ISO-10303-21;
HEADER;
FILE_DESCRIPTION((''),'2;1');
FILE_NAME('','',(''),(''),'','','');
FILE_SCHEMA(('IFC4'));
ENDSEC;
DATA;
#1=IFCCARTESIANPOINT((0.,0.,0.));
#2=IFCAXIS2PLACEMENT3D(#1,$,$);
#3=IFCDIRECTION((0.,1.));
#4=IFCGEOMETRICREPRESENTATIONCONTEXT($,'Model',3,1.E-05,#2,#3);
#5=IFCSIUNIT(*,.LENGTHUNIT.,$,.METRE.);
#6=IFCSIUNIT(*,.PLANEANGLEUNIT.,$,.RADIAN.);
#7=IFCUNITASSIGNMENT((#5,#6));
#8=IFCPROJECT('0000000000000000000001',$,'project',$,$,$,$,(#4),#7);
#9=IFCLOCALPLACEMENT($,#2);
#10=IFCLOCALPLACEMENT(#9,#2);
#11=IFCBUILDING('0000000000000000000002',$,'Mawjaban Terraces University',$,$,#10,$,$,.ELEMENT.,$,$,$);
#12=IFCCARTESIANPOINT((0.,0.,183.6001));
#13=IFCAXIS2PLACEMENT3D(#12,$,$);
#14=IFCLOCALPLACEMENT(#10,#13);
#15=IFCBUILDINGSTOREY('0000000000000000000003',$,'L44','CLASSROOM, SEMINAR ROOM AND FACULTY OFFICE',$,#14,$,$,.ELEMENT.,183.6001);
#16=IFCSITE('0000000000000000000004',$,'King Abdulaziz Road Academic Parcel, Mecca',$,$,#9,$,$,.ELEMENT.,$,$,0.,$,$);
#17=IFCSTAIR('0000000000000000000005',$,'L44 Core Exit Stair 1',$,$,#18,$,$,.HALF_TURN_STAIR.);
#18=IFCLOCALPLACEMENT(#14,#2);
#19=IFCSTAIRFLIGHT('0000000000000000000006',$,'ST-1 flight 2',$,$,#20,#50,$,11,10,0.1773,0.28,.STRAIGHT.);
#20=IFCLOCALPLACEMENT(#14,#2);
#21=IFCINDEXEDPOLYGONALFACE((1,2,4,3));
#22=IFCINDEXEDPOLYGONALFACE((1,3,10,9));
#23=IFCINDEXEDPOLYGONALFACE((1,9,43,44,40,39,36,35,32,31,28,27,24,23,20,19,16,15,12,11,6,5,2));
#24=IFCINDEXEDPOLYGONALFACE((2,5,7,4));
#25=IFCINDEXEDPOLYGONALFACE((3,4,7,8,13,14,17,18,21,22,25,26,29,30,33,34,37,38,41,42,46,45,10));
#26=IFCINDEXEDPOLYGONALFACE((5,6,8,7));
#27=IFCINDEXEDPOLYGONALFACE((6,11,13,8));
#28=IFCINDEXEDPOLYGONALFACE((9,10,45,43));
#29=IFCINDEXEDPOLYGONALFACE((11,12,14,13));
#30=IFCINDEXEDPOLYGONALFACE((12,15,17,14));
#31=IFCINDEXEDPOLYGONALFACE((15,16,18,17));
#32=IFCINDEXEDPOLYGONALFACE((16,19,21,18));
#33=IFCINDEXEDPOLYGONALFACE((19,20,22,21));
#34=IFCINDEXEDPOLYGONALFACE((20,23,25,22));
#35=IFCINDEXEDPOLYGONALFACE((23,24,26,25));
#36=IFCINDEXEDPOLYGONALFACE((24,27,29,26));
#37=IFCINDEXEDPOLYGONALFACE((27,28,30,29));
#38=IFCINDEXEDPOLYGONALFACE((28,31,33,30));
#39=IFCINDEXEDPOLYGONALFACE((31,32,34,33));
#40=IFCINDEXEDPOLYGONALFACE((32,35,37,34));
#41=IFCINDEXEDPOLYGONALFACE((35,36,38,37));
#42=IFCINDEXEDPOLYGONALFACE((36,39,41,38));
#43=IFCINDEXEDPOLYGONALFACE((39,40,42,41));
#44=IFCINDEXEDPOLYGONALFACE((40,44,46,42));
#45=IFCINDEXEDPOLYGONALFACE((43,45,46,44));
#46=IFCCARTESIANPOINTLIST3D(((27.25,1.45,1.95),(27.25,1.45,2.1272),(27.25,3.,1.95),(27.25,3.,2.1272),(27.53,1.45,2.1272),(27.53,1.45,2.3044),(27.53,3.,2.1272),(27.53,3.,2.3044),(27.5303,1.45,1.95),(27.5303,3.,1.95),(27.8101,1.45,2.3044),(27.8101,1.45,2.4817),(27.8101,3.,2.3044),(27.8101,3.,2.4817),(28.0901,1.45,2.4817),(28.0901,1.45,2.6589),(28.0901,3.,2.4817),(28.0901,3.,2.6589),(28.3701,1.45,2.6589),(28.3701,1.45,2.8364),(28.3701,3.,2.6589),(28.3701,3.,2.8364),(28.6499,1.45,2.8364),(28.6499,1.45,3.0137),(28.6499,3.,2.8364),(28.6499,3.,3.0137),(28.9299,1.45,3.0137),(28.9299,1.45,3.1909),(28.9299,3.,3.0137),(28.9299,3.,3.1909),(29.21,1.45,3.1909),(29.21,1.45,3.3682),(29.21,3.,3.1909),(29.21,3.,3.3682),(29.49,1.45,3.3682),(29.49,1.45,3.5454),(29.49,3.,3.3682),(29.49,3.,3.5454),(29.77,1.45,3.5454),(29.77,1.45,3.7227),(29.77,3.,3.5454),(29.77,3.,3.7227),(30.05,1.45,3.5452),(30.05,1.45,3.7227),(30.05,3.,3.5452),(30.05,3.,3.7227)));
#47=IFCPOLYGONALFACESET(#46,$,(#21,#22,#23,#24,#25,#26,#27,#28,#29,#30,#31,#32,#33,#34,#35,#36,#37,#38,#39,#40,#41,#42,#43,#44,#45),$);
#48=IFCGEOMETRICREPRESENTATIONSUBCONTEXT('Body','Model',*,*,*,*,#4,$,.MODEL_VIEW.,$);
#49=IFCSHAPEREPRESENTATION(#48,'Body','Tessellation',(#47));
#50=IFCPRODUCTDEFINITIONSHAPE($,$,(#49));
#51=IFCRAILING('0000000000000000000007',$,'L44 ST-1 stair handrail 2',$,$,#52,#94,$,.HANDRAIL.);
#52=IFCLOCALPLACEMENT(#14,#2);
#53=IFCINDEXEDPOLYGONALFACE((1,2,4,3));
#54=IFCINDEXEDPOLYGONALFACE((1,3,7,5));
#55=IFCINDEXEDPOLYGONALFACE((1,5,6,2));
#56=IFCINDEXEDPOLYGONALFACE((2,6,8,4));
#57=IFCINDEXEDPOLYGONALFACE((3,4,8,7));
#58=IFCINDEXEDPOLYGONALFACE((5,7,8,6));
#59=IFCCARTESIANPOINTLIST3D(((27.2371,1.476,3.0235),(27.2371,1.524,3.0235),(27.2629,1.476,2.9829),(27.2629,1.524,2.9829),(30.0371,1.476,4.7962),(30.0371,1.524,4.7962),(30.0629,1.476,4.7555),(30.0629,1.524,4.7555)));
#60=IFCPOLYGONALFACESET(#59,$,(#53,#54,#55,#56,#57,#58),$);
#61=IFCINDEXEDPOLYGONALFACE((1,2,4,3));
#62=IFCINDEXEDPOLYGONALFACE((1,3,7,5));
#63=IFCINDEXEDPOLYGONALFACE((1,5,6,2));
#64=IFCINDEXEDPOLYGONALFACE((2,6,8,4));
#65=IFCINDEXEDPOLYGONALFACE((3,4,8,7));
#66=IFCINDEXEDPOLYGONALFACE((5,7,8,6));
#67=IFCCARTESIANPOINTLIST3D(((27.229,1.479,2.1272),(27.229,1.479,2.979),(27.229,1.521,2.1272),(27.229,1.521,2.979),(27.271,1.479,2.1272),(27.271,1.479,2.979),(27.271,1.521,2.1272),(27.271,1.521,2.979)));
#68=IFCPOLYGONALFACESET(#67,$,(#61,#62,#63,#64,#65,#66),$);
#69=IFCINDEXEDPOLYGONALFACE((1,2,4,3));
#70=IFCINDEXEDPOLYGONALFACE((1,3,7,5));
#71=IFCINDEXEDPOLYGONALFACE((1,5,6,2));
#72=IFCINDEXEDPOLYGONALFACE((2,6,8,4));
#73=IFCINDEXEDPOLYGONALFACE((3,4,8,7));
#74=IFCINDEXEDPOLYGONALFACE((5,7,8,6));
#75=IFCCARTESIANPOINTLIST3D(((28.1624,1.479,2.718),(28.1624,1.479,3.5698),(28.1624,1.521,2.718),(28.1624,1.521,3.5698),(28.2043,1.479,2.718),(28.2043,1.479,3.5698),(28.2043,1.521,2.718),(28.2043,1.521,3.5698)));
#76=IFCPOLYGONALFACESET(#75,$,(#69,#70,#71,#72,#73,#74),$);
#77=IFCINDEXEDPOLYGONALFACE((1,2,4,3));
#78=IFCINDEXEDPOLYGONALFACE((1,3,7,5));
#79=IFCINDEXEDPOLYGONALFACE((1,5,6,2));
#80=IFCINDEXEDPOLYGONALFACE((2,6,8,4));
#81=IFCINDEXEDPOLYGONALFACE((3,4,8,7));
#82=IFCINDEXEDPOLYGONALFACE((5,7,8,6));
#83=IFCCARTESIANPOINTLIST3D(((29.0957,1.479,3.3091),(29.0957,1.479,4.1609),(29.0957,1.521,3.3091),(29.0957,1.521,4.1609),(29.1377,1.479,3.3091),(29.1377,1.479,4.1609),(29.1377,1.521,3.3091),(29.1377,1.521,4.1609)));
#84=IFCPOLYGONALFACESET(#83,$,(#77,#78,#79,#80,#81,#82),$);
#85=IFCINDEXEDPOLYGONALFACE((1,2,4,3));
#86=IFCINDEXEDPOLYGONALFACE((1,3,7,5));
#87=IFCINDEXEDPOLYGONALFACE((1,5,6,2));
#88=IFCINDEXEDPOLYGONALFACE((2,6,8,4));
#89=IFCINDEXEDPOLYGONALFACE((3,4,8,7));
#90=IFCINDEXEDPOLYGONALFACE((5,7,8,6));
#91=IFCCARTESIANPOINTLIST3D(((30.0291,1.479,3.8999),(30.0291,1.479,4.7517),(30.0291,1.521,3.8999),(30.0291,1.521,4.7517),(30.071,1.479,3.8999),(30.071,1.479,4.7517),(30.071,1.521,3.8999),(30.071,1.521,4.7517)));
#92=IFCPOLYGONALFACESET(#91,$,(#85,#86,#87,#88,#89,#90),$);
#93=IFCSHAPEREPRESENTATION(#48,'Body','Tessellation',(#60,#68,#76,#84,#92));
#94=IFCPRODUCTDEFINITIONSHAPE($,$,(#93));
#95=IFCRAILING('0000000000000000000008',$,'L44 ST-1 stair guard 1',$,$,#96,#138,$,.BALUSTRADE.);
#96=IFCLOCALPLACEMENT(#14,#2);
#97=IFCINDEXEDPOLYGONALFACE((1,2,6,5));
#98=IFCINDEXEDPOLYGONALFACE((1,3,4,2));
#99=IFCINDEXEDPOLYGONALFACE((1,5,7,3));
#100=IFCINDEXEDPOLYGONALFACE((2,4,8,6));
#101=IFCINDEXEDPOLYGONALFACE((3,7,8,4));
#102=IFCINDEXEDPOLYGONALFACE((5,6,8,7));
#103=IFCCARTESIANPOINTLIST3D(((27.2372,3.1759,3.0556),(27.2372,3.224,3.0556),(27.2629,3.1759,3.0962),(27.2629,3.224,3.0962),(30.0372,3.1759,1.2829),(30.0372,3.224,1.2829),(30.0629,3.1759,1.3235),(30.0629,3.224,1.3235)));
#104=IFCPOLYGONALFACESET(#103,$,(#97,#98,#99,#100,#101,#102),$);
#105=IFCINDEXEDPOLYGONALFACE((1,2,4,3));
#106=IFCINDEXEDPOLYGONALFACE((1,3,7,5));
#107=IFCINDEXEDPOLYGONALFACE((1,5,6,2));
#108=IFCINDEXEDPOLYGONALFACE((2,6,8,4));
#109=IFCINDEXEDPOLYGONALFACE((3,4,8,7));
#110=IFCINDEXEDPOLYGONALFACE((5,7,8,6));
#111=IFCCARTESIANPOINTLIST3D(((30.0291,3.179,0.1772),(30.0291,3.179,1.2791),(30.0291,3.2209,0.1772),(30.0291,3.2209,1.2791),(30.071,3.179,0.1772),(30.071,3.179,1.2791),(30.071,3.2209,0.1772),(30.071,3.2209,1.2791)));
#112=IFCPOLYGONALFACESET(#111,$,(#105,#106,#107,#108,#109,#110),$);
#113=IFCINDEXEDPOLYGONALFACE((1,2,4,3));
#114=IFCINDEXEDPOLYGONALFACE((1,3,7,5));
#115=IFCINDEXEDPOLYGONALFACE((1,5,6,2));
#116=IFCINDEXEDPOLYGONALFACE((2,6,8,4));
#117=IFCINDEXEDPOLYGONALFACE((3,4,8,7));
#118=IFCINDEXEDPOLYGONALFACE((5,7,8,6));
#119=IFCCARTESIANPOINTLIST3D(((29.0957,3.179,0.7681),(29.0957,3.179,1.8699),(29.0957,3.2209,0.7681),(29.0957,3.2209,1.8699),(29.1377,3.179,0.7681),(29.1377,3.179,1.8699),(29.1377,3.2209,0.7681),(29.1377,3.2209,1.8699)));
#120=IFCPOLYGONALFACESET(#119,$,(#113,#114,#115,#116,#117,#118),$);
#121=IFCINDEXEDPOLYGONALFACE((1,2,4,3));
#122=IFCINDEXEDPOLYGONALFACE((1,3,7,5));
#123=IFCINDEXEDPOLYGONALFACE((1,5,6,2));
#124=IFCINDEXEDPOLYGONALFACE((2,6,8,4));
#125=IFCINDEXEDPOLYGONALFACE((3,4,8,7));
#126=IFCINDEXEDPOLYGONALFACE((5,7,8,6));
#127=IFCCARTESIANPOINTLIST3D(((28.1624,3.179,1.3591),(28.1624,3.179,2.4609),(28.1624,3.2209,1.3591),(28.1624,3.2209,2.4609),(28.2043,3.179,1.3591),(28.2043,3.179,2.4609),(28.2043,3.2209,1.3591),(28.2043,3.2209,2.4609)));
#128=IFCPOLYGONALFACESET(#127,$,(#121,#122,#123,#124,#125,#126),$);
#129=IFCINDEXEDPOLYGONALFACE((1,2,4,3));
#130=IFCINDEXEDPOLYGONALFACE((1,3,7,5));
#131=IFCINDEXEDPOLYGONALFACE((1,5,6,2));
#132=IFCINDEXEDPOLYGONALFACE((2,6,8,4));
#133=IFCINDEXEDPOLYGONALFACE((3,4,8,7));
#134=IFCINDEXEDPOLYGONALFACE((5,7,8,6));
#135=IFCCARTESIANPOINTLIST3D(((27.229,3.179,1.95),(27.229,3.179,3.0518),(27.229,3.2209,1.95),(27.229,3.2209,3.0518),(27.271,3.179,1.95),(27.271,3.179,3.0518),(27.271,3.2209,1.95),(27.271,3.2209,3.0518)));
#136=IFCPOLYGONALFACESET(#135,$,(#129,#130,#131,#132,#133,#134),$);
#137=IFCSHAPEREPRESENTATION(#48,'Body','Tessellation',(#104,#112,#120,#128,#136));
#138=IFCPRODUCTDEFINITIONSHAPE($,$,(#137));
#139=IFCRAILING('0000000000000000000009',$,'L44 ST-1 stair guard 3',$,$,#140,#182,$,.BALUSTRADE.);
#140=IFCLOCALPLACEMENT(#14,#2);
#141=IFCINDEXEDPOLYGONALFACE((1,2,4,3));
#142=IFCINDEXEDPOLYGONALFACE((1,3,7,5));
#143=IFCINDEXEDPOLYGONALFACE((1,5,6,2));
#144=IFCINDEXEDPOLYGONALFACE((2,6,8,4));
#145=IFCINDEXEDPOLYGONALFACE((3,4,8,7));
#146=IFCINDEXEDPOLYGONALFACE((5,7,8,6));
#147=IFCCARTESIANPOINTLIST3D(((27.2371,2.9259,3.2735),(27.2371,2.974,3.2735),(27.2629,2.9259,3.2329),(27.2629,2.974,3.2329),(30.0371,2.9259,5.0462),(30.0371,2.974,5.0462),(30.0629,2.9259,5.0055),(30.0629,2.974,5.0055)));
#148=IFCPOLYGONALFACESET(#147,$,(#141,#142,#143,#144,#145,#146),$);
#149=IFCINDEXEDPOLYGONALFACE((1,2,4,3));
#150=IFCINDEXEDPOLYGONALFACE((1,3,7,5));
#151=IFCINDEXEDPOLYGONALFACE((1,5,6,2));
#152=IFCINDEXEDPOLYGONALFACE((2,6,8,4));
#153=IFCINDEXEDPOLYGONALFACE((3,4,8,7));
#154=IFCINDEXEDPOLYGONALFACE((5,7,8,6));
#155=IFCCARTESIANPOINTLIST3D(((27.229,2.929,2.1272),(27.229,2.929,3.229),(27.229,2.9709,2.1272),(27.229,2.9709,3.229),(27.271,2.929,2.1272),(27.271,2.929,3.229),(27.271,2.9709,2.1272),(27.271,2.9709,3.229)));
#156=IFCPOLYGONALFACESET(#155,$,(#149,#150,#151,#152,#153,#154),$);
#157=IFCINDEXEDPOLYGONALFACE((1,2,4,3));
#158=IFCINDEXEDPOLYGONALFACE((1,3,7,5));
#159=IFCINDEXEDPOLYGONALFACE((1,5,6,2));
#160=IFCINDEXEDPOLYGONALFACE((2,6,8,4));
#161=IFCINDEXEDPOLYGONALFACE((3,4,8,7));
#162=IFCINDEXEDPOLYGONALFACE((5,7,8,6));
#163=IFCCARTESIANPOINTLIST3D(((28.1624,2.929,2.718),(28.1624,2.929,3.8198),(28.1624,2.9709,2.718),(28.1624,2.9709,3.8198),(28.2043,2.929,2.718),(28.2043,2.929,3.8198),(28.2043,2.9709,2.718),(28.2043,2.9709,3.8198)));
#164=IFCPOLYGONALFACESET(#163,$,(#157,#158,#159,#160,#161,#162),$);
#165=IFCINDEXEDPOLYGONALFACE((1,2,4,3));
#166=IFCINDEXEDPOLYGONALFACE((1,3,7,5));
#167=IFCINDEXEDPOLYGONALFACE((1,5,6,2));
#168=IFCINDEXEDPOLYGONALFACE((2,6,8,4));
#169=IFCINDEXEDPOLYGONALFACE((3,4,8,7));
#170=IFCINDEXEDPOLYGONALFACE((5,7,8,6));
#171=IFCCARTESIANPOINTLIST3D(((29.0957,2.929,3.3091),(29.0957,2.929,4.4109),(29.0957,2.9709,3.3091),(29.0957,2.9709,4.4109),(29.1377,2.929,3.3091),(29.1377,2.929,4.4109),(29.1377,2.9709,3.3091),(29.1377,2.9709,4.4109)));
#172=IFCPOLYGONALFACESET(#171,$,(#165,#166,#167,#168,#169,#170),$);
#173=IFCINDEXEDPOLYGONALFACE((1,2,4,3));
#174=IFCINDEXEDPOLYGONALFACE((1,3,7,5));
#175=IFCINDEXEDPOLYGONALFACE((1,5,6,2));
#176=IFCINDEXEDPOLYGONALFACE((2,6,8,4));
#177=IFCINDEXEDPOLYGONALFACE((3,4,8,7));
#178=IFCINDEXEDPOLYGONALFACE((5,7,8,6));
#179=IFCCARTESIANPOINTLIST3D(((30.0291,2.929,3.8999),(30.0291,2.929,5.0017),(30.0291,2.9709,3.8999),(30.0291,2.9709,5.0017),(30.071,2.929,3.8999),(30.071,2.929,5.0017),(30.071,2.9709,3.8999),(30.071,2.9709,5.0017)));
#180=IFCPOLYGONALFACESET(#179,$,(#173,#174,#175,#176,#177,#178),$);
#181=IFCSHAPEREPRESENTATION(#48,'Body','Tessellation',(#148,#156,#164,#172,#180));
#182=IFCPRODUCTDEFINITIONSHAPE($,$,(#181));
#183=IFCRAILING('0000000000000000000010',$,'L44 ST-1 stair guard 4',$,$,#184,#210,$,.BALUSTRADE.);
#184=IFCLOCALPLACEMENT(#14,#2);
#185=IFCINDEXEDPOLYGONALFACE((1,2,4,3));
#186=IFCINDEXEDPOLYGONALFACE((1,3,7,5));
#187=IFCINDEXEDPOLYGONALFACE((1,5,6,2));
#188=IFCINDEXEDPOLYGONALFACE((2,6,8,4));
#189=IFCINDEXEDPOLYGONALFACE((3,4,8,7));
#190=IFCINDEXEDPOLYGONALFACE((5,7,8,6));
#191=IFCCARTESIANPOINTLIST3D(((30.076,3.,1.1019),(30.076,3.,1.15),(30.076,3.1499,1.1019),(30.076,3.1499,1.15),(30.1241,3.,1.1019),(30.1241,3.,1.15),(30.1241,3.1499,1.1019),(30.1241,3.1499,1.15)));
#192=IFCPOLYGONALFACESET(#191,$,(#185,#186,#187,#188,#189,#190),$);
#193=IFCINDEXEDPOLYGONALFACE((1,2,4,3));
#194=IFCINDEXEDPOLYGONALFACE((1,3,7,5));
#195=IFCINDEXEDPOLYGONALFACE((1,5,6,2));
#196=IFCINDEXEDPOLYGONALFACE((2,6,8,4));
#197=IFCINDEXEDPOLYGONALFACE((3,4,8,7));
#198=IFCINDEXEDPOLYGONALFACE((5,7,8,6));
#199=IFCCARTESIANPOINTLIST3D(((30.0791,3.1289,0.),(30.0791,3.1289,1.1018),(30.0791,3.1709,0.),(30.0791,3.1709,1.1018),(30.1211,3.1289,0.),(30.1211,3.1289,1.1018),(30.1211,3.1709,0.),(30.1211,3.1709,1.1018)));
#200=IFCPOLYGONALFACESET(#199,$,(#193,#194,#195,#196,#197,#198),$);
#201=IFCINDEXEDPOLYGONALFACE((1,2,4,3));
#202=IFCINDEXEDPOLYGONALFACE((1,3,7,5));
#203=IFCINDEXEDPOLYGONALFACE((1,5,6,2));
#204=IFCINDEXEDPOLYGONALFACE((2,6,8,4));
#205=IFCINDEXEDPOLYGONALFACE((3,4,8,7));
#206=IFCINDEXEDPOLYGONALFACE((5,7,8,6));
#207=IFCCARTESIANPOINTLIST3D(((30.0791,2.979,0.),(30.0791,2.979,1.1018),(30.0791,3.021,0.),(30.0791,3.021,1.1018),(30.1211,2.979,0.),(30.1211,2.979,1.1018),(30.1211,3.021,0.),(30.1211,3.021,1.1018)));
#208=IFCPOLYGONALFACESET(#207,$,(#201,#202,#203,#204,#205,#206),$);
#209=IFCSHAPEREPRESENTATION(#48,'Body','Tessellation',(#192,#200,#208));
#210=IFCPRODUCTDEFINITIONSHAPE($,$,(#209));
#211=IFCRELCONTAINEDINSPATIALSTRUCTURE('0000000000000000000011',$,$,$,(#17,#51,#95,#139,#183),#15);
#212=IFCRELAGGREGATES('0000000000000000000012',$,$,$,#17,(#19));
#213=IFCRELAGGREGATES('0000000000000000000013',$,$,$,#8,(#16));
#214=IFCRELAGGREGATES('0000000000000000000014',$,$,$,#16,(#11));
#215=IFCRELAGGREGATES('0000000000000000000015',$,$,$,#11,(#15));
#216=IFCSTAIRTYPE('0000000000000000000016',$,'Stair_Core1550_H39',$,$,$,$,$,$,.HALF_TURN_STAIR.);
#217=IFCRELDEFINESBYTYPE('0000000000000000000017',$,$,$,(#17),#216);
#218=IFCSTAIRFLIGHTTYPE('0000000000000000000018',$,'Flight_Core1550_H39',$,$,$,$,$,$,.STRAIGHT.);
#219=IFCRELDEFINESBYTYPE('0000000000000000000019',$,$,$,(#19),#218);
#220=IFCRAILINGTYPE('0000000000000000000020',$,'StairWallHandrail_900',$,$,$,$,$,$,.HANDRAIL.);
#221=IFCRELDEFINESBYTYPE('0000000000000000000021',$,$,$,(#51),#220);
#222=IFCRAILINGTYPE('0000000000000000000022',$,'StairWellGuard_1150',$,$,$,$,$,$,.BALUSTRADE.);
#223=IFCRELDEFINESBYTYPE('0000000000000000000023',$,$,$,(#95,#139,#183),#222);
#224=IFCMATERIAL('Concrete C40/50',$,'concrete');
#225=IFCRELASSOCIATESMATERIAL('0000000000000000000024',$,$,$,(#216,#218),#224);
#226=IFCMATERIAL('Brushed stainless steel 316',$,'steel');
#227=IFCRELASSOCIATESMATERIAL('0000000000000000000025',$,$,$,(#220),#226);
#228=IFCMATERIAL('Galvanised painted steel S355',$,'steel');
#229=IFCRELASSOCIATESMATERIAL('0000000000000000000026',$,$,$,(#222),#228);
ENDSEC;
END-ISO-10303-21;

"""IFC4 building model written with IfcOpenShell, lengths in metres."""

from ifc_helpers import new_model, si_unit, direction, frame, origin, origin_2d, place, context, subcontext, project, spatial, polyline, rectangle, outline, extrude, material, type_object, element, aggregate, save


model = new_model("IFC4")

# Units and contexts
model_context = context("Model", 3, precision=1e-05, world=origin(), true_north=direction((0.0, 1.0)))
body_context = subcontext(model_context, "Body", "Model", "MODEL_VIEW")
ifc_project = project(units=[si_unit("LENGTHUNIT", "METRE"), si_unit("PLANEANGLEUNIT", "RADIAN")], contexts=[model_context])

# Site, building, storey
site_placement = place(None, origin())
site = spatial("IfcSite", under=ifc_project, at=site_placement, Name="King Abdulaziz Road Academic Parcel, Mecca", CompositionType="ELEMENT", RefElevation=0.0)
building_placement = place(site_placement, origin())
building = spatial("IfcBuilding", under=site, at=building_placement, Name="Mawjaban Terraces University", CompositionType="ELEMENT")
storey_placement = place(building_placement, frame((0.0, 0.0, 183.6001)))
storey = spatial("IfcBuildingStorey", under=building, at=storey_placement, Name="L44", Description="CLASSROOM, SEMINAR ROOM AND FACULTY OFFICE", CompositionType="ELEMENT", Elevation=183.6001)

# Shared definitions
ifc_material_1 = material(Name="Concrete C40/50", Category="concrete")

# Stair, stair flight
stair_type = type_object("IfcStairType", Name="Stair_Core1550_H39", PredefinedType="HALF_TURN_STAIR", material=ifc_material_1)
stair_placement = place(storey_placement, origin())
stair = element("IfcStair", 1, at=stair_placement, inside=storey, type_object=stair_type, Name="L44 Core Exit Stair 1", PredefinedType="HALF_TURN_STAIR")
stair_flight_type = type_object("IfcStairFlightType", Name="Flight_Core1550_H39", PredefinedType="STRAIGHT", material=ifc_material_1)
stair_flight_1_placement = place(storey_placement, frame((27.25, 2.2251, 1.95), z_axis=(0.0, 0.0, 1.0), x_axis=(1.0, 0.0, 0.0)))
stair_flight_1 = element("IfcStairFlight", 2, at=stair_flight_1_placement, type_object=stair_flight_type, Name="ST-1 flight 2", NumberOfRisers=11, NumberOfTreads=10, PredefinedType="STRAIGHT", RiserHeight=0.1773, TreadLength=0.28, context=body_context, shape_type="SweptSolid", body=[
    extrude(outline(polyline([(0.0, 0.0), (0.0, 0.1772), (0.28, 0.1772), (0.28, 0.3545), (0.5601, 0.3545), (0.5601, 0.5317), (0.8401, 0.5317), (0.8401, 0.709), (1.1201, 0.709), (1.1201, 0.8865), (1.3999, 0.8865), (1.3999, 1.0637), (1.6799, 1.0637), (1.6799, 1.241), (1.96, 1.241), (1.96, 1.4182), (2.24, 1.4182), (2.24, 1.5955), (2.52, 1.5955), (2.52, 1.7727), (2.8, 1.7727), (2.8, 1.95), (2.8, 1.5952), (0.2803, 0.0), (0.0, 0.0)])), frame((0.0, 0.7749, 0.0), z_axis=(0.0, -1.0, 0.0), x_axis=(1.0, 0.0, 0.0)), (0.0, 0.0, 1.0), 1.55),
])
aggregate(stair, [stair_flight_1])

# Railings
ifc_material_2 = material(Name="Brushed stainless steel 316", Category="steel")
railing_type_1 = type_object("IfcRailingType", Name="StairWallHandrail_900", PredefinedType="HANDRAIL", material=ifc_material_2)
railing_1_placement = place(storey_placement, frame((27.25, 1.5, 2.1272)))
element("IfcRailing", 3, at=railing_1_placement, inside=storey, type_object=railing_type_1, Name="L44 ST-1 stair handrail 2", PredefinedType="HANDRAIL", context=body_context, shape_type="SweptSolid", body=[
    extrude(rectangle(XDim=0.0481, YDim=0.0481, at=origin_2d()), frame((0.0, 0.0, 0.876), z_axis=(0.844909, 0.0, 0.53491), x_axis=(0.0, 1.0, 0.0)), (0.0, 0.0, 1.0), 3.314),
    extrude(rectangle(XDim=0.042, YDim=0.042, at=origin_2d()), origin(), (0.0, 0.0, 1.0), 0.8518),
    extrude(rectangle(XDim=0.042, YDim=0.042, at=origin_2d()), frame((0.9333, 0.0, 0.5908)), (0.0, 0.0, 1.0), 0.8518),
    extrude(rectangle(XDim=0.042, YDim=0.042, at=origin_2d()), frame((1.8667, 0.0, 1.1819)), (0.0, 0.0, 1.0), 0.8518),
    extrude(rectangle(XDim=0.042, YDim=0.042, at=origin_2d()), frame((2.8, 0.0, 1.7727)), (0.0, 0.0, 1.0), 0.8518),
])
ifc_material_3 = material(Name="Galvanised painted steel S355", Category="steel")
railing_type_2 = type_object("IfcRailingType", Name="StairWellGuard_1150", PredefinedType="BALUSTRADE", material=ifc_material_3)
railing_2_placement = place(storey_placement, frame((30.05, 3.2, 0.1772)))
element("IfcRailing", 4, at=railing_2_placement, inside=storey, type_object=railing_type_2, Name="L44 ST-1 stair guard 1", PredefinedType="BALUSTRADE", context=body_context, shape_type="SweptSolid", body=[
    extrude(rectangle(XDim=0.0481, YDim=0.0481, at=origin_2d()), frame((0.0, 0.0, 1.126), z_axis=(-0.844909, 0.0, 0.53491), x_axis=(0.0, -1.0, 0.0)), (0.0, 0.0, 1.0), 3.314),
    extrude(rectangle(XDim=0.042, YDim=0.042, at=origin_2d()), origin(), (0.0, 0.0, 1.0), 1.1018),
    extrude(rectangle(XDim=0.042, YDim=0.042, at=origin_2d()), frame((-0.9333, 0.0, 0.5908)), (0.0, 0.0, 1.0), 1.1018),
    extrude(rectangle(XDim=0.042, YDim=0.042, at=origin_2d()), frame((-1.8667, 0.0, 1.1819)), (0.0, 0.0, 1.0), 1.1018),
    extrude(rectangle(XDim=0.042, YDim=0.042, at=origin_2d()), frame((-2.8, 0.0, 1.7727)), (0.0, 0.0, 1.0), 1.1018),
])
railing_3_placement = place(storey_placement, frame((27.25, 2.95, 2.1272)))
element("IfcRailing", 5, at=railing_3_placement, inside=storey, type_object=railing_type_2, Name="L44 ST-1 stair guard 3", PredefinedType="BALUSTRADE", context=body_context, shape_type="SweptSolid", body=[
    extrude(rectangle(XDim=0.0481, YDim=0.0481, at=origin_2d()), frame((0.0, 0.0, 1.126), z_axis=(0.844909, 0.0, 0.53491), x_axis=(0.0, 1.0, 0.0)), (0.0, 0.0, 1.0), 3.314),
    extrude(rectangle(XDim=0.042, YDim=0.042, at=origin_2d()), origin(), (0.0, 0.0, 1.0), 1.1018),
    extrude(rectangle(XDim=0.042, YDim=0.042, at=origin_2d()), frame((0.9333, 0.0, 0.5908)), (0.0, 0.0, 1.0), 1.1018),
    extrude(rectangle(XDim=0.042, YDim=0.042, at=origin_2d()), frame((1.8667, 0.0, 1.1819)), (0.0, 0.0, 1.0), 1.1018),
    extrude(rectangle(XDim=0.042, YDim=0.042, at=origin_2d()), frame((2.8, 0.0, 1.7727)), (0.0, 0.0, 1.0), 1.1018),
])
railing_4_placement = place(storey_placement, frame((30.1001, 3.1499, 0.0)))
element("IfcRailing", 6, at=railing_4_placement, inside=storey, type_object=railing_type_2, Name="L44 ST-1 stair guard 4", PredefinedType="BALUSTRADE", context=body_context, shape_type="SweptSolid", body=[
    extrude(rectangle(XDim=0.0481, YDim=0.0481, at=origin_2d()), frame((0.0, 0.0, 1.126), z_axis=(0.0, -1.0, 0.0), x_axis=(1.0, 0.0, 0.0)), (0.0, 0.0, 1.0), 0.1499),
    extrude(rectangle(XDim=0.042, YDim=0.042, at=origin_2d()), origin(), (0.0, 0.0, 1.0), 1.1018),
    extrude(rectangle(XDim=0.042, YDim=0.042, at=origin_2d()), frame((0.0, -0.1499, 0.0)), (0.0, 0.0, 1.0), 1.1018),
])

save(model, "model.ifc")
